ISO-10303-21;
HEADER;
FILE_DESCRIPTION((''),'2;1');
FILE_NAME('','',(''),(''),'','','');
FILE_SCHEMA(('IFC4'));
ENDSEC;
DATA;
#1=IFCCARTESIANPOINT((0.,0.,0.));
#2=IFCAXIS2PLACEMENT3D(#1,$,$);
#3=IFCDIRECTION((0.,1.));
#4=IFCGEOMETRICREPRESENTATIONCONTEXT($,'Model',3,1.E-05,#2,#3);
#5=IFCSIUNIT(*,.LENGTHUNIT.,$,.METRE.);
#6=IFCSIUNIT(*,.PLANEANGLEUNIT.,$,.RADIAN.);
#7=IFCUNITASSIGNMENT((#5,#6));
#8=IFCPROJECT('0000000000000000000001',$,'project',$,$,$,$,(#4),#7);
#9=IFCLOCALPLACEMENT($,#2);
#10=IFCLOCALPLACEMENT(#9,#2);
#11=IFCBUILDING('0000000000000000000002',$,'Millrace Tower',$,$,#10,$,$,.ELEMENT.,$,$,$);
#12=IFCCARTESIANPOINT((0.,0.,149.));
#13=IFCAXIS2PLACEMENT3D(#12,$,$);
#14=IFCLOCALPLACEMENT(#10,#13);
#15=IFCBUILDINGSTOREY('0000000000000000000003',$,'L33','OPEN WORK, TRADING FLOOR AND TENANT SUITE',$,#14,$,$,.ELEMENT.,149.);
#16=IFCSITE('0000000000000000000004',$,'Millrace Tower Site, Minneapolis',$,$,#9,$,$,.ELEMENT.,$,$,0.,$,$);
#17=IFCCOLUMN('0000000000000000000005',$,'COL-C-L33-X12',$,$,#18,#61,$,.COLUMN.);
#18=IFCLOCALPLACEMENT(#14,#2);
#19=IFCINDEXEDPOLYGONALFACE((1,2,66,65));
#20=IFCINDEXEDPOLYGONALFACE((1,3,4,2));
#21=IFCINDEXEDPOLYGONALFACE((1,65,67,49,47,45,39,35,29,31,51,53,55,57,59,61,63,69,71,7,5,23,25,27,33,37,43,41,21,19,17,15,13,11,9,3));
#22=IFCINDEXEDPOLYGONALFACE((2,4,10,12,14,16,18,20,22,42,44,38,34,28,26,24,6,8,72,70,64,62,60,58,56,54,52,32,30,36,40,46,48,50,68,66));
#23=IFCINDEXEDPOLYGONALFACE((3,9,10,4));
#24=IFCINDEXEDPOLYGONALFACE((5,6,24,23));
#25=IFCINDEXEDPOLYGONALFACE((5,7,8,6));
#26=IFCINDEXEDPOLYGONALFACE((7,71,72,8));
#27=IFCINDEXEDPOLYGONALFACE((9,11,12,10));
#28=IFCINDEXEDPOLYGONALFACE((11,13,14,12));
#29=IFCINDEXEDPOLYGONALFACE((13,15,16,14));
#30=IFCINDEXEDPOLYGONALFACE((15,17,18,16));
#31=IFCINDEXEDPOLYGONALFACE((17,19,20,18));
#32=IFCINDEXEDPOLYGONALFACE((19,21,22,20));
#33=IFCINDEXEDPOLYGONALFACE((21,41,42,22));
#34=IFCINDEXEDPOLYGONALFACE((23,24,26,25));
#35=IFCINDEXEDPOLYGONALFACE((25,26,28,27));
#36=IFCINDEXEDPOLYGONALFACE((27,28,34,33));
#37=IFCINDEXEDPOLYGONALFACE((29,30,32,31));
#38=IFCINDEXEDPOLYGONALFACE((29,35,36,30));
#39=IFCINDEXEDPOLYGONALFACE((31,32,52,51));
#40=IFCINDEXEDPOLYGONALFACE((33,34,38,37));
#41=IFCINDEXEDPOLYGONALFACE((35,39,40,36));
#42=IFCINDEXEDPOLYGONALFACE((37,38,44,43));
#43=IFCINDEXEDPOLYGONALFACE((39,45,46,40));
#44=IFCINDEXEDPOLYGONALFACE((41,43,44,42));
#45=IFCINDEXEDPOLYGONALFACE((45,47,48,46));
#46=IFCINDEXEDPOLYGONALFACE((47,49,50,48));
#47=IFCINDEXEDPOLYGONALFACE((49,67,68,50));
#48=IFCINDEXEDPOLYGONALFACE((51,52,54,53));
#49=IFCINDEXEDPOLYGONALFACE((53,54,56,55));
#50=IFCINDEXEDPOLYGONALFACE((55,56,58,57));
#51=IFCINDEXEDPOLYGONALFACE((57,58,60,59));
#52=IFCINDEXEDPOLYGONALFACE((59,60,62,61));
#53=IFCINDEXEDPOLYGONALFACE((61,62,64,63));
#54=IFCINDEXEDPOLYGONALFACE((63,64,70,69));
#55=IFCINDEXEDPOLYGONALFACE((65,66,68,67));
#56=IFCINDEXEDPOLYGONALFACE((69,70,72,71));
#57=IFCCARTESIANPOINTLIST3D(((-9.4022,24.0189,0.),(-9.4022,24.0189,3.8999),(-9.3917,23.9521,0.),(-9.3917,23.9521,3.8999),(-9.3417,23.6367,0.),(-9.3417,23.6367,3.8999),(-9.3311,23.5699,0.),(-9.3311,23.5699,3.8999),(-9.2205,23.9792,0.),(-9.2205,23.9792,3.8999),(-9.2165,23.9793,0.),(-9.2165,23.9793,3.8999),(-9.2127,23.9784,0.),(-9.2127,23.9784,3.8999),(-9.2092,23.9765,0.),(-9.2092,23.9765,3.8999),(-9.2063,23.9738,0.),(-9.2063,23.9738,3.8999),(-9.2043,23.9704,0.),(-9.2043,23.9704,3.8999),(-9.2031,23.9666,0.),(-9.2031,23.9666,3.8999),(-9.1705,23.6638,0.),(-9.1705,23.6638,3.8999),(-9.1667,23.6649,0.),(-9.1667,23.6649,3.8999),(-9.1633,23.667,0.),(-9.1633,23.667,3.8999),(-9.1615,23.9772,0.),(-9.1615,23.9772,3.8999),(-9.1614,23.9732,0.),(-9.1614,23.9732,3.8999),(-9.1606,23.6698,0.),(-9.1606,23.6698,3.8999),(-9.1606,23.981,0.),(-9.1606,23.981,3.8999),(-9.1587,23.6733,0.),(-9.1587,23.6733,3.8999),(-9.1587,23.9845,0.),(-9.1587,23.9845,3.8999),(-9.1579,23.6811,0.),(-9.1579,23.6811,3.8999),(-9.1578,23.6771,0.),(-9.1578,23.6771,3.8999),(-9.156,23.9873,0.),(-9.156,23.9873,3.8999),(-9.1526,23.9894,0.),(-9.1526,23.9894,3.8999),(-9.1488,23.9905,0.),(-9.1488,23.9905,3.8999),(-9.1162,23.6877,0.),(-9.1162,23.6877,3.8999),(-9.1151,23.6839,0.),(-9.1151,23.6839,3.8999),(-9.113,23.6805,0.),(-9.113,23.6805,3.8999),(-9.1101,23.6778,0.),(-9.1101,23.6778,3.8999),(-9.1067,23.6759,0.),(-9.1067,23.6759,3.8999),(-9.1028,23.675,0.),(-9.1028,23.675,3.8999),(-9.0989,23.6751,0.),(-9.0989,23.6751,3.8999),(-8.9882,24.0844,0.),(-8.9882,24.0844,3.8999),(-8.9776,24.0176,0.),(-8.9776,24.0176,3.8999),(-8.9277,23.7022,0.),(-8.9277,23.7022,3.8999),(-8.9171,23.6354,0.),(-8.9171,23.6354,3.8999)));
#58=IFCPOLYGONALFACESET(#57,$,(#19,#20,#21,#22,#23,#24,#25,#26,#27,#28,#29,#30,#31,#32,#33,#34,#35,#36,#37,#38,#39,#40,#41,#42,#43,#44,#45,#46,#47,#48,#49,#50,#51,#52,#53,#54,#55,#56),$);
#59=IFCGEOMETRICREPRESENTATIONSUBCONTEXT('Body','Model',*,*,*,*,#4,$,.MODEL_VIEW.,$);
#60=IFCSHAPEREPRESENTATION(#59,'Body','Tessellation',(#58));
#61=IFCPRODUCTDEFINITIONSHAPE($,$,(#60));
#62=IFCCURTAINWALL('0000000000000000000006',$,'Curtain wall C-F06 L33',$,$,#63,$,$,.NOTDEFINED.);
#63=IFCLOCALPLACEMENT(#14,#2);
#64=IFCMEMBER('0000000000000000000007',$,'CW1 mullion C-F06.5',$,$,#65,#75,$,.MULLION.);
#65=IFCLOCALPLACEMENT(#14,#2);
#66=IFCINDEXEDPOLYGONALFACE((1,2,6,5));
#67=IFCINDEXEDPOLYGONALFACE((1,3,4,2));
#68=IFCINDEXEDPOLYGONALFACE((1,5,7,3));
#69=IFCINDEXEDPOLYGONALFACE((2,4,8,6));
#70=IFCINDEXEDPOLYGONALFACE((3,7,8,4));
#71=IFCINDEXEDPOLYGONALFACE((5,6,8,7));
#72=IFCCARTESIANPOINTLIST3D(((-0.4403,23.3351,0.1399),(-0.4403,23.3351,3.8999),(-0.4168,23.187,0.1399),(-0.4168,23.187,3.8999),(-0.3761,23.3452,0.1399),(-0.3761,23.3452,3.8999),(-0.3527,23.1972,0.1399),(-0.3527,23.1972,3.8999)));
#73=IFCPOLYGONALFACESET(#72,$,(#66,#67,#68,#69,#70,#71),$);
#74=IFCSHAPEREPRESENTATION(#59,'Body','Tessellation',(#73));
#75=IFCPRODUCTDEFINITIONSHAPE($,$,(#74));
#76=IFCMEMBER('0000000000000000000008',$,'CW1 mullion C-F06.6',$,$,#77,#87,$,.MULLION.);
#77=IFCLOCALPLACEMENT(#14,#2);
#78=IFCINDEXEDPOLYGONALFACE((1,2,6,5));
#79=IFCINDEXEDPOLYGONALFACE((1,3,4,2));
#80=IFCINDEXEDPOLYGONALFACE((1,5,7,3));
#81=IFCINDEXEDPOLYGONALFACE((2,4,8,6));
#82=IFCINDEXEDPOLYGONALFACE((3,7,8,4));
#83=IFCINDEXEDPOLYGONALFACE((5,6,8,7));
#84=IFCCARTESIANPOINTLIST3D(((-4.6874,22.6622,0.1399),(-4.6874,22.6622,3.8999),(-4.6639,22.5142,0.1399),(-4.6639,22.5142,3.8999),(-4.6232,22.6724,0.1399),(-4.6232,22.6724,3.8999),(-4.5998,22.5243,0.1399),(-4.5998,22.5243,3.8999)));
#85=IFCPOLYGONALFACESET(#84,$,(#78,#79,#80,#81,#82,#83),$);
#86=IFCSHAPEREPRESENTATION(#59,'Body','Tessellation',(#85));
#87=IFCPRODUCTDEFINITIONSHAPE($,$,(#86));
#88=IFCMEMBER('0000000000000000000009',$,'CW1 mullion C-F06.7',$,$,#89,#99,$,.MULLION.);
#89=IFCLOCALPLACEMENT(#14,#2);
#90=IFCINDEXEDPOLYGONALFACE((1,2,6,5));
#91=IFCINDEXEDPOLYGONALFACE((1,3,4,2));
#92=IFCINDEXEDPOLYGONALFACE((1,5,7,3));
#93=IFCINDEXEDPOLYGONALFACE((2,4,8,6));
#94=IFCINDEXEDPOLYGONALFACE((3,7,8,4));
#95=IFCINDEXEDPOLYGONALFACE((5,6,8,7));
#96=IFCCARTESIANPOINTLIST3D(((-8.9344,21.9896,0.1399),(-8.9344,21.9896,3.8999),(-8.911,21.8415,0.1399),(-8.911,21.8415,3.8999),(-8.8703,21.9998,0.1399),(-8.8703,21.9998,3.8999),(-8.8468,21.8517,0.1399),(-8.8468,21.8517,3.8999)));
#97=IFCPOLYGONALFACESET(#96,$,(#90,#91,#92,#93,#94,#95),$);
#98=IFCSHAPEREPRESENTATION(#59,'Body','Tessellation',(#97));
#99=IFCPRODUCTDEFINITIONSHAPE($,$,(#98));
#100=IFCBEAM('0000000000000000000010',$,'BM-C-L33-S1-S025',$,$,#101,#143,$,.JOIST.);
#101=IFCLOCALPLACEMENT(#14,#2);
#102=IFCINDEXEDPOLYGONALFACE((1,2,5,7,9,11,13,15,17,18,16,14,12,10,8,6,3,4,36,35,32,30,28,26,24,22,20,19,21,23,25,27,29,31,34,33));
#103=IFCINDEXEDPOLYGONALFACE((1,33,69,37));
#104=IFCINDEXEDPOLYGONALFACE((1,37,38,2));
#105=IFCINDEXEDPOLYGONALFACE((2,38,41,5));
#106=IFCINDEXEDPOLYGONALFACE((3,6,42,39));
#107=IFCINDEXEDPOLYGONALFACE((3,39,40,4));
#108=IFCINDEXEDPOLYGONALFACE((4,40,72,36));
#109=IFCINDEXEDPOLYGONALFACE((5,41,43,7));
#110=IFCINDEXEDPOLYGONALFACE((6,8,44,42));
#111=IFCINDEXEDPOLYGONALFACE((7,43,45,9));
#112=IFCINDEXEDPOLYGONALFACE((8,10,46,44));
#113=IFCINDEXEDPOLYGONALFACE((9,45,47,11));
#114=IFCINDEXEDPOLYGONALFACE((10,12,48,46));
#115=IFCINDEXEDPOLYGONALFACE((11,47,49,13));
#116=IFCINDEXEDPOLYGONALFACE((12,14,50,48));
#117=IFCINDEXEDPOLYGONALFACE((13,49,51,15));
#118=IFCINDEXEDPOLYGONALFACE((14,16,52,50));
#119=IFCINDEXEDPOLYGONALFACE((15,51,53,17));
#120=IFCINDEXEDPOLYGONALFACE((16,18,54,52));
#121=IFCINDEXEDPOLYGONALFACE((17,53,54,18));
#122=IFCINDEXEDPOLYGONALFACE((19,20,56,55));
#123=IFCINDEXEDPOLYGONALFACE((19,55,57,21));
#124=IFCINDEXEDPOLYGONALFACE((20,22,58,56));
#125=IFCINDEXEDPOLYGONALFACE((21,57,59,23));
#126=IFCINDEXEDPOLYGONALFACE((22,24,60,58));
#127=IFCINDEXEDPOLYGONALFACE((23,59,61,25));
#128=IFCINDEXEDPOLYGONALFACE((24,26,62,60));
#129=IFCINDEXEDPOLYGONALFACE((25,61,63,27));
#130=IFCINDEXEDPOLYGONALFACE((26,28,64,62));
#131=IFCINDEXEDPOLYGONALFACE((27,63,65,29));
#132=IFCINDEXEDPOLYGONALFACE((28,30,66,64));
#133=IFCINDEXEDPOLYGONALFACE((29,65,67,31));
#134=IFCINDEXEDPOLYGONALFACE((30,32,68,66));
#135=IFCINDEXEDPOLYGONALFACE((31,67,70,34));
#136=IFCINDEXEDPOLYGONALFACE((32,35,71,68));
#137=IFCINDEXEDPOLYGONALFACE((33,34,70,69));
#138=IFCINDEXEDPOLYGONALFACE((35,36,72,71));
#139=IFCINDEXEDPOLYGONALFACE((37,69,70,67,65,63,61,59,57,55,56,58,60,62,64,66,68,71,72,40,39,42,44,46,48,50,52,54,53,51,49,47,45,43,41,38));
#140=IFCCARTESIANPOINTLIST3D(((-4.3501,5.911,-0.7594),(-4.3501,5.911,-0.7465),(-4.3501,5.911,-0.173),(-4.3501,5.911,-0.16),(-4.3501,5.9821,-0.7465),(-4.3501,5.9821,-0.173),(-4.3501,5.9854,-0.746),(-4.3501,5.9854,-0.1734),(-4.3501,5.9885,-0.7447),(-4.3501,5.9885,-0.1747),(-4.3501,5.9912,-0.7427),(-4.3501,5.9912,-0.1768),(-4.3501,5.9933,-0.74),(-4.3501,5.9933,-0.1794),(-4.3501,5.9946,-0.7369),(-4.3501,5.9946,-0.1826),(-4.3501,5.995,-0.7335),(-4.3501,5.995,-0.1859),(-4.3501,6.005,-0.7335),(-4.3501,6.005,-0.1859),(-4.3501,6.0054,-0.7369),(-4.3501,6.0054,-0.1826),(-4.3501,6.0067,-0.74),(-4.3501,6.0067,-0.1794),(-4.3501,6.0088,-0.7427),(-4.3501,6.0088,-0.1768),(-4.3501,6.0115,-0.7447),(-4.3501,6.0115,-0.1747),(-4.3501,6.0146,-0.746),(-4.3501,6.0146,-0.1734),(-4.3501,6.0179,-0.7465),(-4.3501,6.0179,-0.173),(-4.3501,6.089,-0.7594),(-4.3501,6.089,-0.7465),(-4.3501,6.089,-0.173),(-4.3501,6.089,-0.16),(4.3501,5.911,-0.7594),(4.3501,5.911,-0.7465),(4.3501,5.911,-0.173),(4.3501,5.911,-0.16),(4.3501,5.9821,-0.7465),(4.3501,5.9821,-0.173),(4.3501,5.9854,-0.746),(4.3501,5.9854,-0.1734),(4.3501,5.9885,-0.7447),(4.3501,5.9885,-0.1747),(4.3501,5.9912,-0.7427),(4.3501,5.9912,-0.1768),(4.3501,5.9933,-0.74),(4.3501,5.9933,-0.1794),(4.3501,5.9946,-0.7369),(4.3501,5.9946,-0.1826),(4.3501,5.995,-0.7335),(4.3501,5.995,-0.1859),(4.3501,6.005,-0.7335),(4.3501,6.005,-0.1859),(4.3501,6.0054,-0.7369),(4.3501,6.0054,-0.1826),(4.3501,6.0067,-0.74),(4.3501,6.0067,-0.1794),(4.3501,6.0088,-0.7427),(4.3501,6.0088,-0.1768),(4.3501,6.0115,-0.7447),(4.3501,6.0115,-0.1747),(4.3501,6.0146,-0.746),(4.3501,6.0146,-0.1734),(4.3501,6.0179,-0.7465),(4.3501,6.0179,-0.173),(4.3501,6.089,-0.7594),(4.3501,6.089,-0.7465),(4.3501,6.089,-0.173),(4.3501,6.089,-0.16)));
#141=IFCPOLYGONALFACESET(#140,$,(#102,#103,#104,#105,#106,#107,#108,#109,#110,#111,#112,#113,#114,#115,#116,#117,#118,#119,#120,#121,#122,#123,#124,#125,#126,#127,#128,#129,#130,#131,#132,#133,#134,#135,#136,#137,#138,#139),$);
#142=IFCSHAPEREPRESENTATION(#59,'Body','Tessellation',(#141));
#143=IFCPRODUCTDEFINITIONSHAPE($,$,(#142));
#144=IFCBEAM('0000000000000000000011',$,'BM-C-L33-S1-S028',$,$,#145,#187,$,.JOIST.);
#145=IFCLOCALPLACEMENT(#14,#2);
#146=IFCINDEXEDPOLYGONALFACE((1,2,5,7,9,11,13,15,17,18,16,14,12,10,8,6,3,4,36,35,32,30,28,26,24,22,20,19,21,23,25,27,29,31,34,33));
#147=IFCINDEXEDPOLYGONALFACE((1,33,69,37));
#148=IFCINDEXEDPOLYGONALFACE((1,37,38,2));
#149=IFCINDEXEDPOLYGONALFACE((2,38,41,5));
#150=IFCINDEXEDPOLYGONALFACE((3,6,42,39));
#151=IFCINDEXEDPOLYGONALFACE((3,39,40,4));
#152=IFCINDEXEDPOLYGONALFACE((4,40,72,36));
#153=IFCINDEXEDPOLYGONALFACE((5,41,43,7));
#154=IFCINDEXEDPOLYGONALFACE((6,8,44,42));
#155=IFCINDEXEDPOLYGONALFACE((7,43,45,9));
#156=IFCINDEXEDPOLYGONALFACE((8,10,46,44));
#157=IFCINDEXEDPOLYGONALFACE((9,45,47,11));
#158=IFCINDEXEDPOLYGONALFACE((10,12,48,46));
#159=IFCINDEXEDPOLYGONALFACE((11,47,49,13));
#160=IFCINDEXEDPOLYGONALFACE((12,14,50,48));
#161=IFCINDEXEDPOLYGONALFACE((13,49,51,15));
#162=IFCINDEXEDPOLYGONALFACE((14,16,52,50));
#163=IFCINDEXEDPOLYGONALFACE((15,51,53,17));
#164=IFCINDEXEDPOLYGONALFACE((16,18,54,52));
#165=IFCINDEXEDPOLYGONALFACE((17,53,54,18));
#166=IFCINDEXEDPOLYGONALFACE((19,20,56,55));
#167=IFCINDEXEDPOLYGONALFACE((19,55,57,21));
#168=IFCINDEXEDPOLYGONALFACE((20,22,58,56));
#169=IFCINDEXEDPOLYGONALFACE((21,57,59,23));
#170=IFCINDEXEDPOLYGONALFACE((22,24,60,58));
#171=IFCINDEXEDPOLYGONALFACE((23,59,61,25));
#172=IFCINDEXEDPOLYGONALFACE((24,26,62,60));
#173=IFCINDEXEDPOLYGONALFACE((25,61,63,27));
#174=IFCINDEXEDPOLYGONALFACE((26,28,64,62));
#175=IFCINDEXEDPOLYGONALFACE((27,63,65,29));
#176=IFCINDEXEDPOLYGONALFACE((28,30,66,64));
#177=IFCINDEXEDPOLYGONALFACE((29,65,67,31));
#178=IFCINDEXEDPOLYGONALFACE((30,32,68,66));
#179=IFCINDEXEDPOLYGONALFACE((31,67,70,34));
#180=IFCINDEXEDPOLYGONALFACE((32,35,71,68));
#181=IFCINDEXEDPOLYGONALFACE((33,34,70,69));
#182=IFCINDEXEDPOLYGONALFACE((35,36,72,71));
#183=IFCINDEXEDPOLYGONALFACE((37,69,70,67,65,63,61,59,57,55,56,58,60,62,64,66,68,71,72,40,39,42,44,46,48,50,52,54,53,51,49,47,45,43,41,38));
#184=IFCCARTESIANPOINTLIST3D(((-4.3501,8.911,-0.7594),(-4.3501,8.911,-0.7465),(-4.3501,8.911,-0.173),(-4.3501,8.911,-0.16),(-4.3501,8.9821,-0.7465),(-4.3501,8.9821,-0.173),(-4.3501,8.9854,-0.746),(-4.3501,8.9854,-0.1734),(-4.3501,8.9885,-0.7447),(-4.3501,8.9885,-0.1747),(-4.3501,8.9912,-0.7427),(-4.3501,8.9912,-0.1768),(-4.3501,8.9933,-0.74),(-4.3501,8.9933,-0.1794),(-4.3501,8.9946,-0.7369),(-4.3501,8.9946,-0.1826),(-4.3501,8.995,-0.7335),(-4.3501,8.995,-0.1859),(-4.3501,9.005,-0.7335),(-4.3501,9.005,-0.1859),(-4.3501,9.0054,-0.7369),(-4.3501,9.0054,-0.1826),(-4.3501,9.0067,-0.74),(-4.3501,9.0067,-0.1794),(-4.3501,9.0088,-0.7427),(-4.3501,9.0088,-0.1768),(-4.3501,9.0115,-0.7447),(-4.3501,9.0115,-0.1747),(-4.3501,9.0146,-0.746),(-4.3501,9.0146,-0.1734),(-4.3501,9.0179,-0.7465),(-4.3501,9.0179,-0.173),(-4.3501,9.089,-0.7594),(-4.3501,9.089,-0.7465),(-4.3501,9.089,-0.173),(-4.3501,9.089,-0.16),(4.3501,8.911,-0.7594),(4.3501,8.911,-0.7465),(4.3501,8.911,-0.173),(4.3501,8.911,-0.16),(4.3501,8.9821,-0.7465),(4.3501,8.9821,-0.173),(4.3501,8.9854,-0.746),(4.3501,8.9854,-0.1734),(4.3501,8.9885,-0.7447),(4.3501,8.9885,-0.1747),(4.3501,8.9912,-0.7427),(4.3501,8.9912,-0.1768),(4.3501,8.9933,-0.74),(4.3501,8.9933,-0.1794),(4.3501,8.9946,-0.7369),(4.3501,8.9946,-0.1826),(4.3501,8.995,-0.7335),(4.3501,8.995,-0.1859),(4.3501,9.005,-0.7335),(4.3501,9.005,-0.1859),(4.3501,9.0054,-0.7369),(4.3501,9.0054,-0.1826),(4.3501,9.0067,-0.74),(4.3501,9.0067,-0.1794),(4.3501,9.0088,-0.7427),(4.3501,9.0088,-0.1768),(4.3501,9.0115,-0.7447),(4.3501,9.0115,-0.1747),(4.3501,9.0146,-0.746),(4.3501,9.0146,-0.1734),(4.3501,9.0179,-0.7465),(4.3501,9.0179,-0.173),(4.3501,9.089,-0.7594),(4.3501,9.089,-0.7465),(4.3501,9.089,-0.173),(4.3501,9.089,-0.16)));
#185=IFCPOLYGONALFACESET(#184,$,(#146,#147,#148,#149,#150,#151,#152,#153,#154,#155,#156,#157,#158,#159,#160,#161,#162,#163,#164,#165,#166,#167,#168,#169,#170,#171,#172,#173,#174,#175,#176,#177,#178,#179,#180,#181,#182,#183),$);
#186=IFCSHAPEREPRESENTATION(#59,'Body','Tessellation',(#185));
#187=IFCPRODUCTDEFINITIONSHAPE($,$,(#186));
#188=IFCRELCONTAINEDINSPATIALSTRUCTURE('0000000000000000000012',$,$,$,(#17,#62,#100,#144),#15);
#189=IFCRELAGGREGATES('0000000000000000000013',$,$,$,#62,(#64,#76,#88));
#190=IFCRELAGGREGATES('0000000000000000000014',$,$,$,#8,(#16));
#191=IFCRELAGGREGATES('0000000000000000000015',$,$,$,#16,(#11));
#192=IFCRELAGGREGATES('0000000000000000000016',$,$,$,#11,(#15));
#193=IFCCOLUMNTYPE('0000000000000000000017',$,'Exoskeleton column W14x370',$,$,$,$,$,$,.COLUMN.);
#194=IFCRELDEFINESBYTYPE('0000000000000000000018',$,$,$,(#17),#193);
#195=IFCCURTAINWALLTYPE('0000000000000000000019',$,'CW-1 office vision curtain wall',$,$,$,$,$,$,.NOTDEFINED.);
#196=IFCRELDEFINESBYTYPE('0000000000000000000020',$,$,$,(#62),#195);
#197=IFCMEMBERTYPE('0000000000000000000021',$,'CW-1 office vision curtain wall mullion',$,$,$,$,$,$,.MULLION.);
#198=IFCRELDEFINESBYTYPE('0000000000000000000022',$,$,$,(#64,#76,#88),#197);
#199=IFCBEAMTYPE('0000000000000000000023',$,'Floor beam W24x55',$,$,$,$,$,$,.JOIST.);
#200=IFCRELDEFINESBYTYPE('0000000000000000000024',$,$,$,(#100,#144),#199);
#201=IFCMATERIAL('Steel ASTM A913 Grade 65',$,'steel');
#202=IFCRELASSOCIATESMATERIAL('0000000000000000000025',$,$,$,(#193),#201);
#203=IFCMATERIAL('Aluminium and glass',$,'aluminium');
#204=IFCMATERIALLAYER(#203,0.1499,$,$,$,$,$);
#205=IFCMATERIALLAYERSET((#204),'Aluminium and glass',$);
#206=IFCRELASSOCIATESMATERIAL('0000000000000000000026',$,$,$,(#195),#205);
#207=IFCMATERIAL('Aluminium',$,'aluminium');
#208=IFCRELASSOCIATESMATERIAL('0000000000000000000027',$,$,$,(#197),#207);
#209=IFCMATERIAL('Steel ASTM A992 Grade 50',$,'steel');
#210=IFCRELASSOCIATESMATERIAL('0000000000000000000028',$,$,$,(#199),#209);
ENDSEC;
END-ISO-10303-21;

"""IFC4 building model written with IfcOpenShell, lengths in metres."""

from ifc_helpers import new_model, si_unit, direction, frame, origin, origin_2d, place, context, subcontext, project, spatial, rectangle, i_section, extrude, material, layer, layer_set, material_profile, profile_set, type_object, element, aggregate, save


model = new_model("IFC4")

# Units and contexts
model_context = context("Model", 3, precision=1e-05, world=origin(), true_north=direction((0.0, 1.0)))
body_context = subcontext(model_context, "Body", "Model", "MODEL_VIEW")
ifc_project = project(units=[si_unit("LENGTHUNIT", "METRE"), si_unit("PLANEANGLEUNIT", "RADIAN")], contexts=[model_context])

# Site, building, storey
site_placement = place(None, origin())
site = spatial("IfcSite", under=ifc_project, at=site_placement, Name="Millrace Tower Site, Minneapolis", CompositionType="ELEMENT", RefElevation=0.0)
building_placement = place(site_placement, origin())
building = spatial("IfcBuilding", under=site, at=building_placement, Name="Millrace Tower", CompositionType="ELEMENT")
storey_placement = place(building_placement, frame((0.0, 0.0, 149.0)))
storey = spatial("IfcBuildingStorey", under=building, at=storey_placement, Name="L33", Description="OPEN WORK, TRADING FLOOR AND TENANT SUITE", CompositionType="ELEMENT", Elevation=149.0)

# Column
ifc_material_1 = material(Name="Steel ASTM A913 Grade 65", Category="steel")
ifc_material_profile_1 = material_profile(ifc_material_1, i_section(OverallWidth=0.4192, OverallDepth=0.4546, WebThickness=0.0422, FlangeThickness=0.0676, FilletRadius=0.0151, at=origin_2d()))
ifc_profile_set_1 = profile_set([ifc_material_profile_1], Name="Steel ASTM A913 Grade 65")
column_type = type_object("IfcColumnType", Name="Exoskeleton column W14x370", PredefinedType="COLUMN", material=ifc_profile_set_1)
column_placement = place(storey_placement, frame((-9.1597, 23.8271, 0.0), z_axis=(0.0, 0.0, 1.0), x_axis=(-0.987688, -0.156434, 0.0)))
element("IfcColumn", 1, at=column_placement, inside=storey, type_object=column_type, Name="COL-C-L33-X12", PredefinedType="COLUMN", context=body_context, shape_type="SweptSolid", body=[
    extrude(i_section(OverallWidth=0.4192, OverallDepth=0.4546, WebThickness=0.0422, FlangeThickness=0.0676, FilletRadius=0.0151, at=origin_2d()), origin(), (0.0, 0.0, 1.0), 3.8999),
])

# Curtain wall, members
ifc_material_2 = material(Name="Aluminium and glass", Category="aluminium")
ifc_layer_1 = layer(ifc_material_2, 0.1499)
ifc_layer_set_1 = layer_set([ifc_layer_1], Name="Aluminium and glass")
curtain_wall_type = type_object("IfcCurtainWallType", Name="CW-1 office vision curtain wall", PredefinedType="NOTDEFINED", material=ifc_layer_set_1)
placement = place(storey_placement, origin())
curtain_wall = element("IfcCurtainWall", 2, at=placement, inside=storey, type_object=curtain_wall_type, Name="Curtain wall C-F06 L33", PredefinedType="NOTDEFINED")
ifc_material_3 = material(Name="Aluminium", Category="aluminium")
ifc_material_profile_2 = material_profile(ifc_material_3, rectangle(XDim=0.0649, YDim=0.1499, at=origin_2d()))
ifc_profile_set_2 = profile_set([ifc_material_profile_2], Name="Aluminium")
member_type = type_object("IfcMemberType", Name="CW-1 office vision curtain wall mullion", PredefinedType="MULLION", material=ifc_profile_set_2)
member_1_placement = place(storey_placement, frame((-0.3965, 23.2661, 0.1399), z_axis=(0.0, 0.0, 1.0), x_axis=(-0.987688, -0.156434, 0.0)))
member_1 = element("IfcMember", 3, at=member_1_placement, type_object=member_type, Name="CW1 mullion C-F06.5", PredefinedType="MULLION", context=body_context, shape_type="SweptSolid", body=[
    extrude(rectangle(XDim=0.0649, YDim=0.1499, at=origin_2d()), origin(), (0.0, 0.0, 1.0), 3.76),
])
member_2_placement = place(storey_placement, frame((-4.6436, 22.5933, 0.1399), z_axis=(0.0, 0.0, 1.0), x_axis=(-0.987688, -0.156434, 0.0)))
member_2 = element("IfcMember", 4, at=member_2_placement, type_object=member_type, Name="CW1 mullion C-F06.6", PredefinedType="MULLION", context=body_context, shape_type="SweptSolid", body=[
    extrude(rectangle(XDim=0.0649, YDim=0.1499, at=origin_2d()), origin(), (0.0, 0.0, 1.0), 3.76),
])
member_3_placement = place(storey_placement, frame((-8.8906, 21.9207, 0.1399), z_axis=(0.0, 0.0, 1.0), x_axis=(-0.987688, -0.156434, 0.0)))
member_3 = element("IfcMember", 5, at=member_3_placement, type_object=member_type, Name="CW1 mullion C-F06.7", PredefinedType="MULLION", context=body_context, shape_type="SweptSolid", body=[
    extrude(rectangle(XDim=0.0649, YDim=0.1499, at=origin_2d()), origin(), (0.0, 0.0, 1.0), 3.76),
])
aggregate(curtain_wall, [member_1, member_2, member_3])

# Beams
ifc_material_4 = material(Name="Steel ASTM A992 Grade 50", Category="steel")
ifc_material_profile_3 = material_profile(ifc_material_4, i_section(OverallWidth=0.178, OverallDepth=0.5994, WebThickness=0.01, FlangeThickness=0.0129, FilletRadius=0.0129, at=origin_2d()))
ifc_profile_set_3 = profile_set([ifc_material_profile_3], Name="Steel ASTM A992 Grade 50")
beam_type_1 = type_object("IfcBeamType", Name="Floor beam W24x55", PredefinedType="JOIST", material=ifc_profile_set_3)
for number, where, z_axis, x_axis, name in (
    (6, (-4.3501, 6.0, -0.4597), (1.0, 0.0, 0.0), (0.0, 1.0, 0.0), "BM-C-L33-S1-S025"),
    (7, (-4.3501, 9.0, -0.4597), (1.0, 0.0, 0.0), (0.0, 1.0, 0.0), "BM-C-L33-S1-S028"),
):
    element("IfcBeam", number, at=place(storey_placement, frame(where, z_axis=z_axis, x_axis=x_axis)), inside=storey, type_object=beam_type_1, Name=name, PredefinedType="JOIST", context=body_context, shape_type="SweptSolid", body=[
        extrude(i_section(OverallWidth=0.178, OverallDepth=0.5994, WebThickness=0.01, FlangeThickness=0.0129, FilletRadius=0.0129, at=origin_2d()), origin(), (0.0, 0.0, 1.0), 8.7002),
    ])

save(model, "model.ifc")
